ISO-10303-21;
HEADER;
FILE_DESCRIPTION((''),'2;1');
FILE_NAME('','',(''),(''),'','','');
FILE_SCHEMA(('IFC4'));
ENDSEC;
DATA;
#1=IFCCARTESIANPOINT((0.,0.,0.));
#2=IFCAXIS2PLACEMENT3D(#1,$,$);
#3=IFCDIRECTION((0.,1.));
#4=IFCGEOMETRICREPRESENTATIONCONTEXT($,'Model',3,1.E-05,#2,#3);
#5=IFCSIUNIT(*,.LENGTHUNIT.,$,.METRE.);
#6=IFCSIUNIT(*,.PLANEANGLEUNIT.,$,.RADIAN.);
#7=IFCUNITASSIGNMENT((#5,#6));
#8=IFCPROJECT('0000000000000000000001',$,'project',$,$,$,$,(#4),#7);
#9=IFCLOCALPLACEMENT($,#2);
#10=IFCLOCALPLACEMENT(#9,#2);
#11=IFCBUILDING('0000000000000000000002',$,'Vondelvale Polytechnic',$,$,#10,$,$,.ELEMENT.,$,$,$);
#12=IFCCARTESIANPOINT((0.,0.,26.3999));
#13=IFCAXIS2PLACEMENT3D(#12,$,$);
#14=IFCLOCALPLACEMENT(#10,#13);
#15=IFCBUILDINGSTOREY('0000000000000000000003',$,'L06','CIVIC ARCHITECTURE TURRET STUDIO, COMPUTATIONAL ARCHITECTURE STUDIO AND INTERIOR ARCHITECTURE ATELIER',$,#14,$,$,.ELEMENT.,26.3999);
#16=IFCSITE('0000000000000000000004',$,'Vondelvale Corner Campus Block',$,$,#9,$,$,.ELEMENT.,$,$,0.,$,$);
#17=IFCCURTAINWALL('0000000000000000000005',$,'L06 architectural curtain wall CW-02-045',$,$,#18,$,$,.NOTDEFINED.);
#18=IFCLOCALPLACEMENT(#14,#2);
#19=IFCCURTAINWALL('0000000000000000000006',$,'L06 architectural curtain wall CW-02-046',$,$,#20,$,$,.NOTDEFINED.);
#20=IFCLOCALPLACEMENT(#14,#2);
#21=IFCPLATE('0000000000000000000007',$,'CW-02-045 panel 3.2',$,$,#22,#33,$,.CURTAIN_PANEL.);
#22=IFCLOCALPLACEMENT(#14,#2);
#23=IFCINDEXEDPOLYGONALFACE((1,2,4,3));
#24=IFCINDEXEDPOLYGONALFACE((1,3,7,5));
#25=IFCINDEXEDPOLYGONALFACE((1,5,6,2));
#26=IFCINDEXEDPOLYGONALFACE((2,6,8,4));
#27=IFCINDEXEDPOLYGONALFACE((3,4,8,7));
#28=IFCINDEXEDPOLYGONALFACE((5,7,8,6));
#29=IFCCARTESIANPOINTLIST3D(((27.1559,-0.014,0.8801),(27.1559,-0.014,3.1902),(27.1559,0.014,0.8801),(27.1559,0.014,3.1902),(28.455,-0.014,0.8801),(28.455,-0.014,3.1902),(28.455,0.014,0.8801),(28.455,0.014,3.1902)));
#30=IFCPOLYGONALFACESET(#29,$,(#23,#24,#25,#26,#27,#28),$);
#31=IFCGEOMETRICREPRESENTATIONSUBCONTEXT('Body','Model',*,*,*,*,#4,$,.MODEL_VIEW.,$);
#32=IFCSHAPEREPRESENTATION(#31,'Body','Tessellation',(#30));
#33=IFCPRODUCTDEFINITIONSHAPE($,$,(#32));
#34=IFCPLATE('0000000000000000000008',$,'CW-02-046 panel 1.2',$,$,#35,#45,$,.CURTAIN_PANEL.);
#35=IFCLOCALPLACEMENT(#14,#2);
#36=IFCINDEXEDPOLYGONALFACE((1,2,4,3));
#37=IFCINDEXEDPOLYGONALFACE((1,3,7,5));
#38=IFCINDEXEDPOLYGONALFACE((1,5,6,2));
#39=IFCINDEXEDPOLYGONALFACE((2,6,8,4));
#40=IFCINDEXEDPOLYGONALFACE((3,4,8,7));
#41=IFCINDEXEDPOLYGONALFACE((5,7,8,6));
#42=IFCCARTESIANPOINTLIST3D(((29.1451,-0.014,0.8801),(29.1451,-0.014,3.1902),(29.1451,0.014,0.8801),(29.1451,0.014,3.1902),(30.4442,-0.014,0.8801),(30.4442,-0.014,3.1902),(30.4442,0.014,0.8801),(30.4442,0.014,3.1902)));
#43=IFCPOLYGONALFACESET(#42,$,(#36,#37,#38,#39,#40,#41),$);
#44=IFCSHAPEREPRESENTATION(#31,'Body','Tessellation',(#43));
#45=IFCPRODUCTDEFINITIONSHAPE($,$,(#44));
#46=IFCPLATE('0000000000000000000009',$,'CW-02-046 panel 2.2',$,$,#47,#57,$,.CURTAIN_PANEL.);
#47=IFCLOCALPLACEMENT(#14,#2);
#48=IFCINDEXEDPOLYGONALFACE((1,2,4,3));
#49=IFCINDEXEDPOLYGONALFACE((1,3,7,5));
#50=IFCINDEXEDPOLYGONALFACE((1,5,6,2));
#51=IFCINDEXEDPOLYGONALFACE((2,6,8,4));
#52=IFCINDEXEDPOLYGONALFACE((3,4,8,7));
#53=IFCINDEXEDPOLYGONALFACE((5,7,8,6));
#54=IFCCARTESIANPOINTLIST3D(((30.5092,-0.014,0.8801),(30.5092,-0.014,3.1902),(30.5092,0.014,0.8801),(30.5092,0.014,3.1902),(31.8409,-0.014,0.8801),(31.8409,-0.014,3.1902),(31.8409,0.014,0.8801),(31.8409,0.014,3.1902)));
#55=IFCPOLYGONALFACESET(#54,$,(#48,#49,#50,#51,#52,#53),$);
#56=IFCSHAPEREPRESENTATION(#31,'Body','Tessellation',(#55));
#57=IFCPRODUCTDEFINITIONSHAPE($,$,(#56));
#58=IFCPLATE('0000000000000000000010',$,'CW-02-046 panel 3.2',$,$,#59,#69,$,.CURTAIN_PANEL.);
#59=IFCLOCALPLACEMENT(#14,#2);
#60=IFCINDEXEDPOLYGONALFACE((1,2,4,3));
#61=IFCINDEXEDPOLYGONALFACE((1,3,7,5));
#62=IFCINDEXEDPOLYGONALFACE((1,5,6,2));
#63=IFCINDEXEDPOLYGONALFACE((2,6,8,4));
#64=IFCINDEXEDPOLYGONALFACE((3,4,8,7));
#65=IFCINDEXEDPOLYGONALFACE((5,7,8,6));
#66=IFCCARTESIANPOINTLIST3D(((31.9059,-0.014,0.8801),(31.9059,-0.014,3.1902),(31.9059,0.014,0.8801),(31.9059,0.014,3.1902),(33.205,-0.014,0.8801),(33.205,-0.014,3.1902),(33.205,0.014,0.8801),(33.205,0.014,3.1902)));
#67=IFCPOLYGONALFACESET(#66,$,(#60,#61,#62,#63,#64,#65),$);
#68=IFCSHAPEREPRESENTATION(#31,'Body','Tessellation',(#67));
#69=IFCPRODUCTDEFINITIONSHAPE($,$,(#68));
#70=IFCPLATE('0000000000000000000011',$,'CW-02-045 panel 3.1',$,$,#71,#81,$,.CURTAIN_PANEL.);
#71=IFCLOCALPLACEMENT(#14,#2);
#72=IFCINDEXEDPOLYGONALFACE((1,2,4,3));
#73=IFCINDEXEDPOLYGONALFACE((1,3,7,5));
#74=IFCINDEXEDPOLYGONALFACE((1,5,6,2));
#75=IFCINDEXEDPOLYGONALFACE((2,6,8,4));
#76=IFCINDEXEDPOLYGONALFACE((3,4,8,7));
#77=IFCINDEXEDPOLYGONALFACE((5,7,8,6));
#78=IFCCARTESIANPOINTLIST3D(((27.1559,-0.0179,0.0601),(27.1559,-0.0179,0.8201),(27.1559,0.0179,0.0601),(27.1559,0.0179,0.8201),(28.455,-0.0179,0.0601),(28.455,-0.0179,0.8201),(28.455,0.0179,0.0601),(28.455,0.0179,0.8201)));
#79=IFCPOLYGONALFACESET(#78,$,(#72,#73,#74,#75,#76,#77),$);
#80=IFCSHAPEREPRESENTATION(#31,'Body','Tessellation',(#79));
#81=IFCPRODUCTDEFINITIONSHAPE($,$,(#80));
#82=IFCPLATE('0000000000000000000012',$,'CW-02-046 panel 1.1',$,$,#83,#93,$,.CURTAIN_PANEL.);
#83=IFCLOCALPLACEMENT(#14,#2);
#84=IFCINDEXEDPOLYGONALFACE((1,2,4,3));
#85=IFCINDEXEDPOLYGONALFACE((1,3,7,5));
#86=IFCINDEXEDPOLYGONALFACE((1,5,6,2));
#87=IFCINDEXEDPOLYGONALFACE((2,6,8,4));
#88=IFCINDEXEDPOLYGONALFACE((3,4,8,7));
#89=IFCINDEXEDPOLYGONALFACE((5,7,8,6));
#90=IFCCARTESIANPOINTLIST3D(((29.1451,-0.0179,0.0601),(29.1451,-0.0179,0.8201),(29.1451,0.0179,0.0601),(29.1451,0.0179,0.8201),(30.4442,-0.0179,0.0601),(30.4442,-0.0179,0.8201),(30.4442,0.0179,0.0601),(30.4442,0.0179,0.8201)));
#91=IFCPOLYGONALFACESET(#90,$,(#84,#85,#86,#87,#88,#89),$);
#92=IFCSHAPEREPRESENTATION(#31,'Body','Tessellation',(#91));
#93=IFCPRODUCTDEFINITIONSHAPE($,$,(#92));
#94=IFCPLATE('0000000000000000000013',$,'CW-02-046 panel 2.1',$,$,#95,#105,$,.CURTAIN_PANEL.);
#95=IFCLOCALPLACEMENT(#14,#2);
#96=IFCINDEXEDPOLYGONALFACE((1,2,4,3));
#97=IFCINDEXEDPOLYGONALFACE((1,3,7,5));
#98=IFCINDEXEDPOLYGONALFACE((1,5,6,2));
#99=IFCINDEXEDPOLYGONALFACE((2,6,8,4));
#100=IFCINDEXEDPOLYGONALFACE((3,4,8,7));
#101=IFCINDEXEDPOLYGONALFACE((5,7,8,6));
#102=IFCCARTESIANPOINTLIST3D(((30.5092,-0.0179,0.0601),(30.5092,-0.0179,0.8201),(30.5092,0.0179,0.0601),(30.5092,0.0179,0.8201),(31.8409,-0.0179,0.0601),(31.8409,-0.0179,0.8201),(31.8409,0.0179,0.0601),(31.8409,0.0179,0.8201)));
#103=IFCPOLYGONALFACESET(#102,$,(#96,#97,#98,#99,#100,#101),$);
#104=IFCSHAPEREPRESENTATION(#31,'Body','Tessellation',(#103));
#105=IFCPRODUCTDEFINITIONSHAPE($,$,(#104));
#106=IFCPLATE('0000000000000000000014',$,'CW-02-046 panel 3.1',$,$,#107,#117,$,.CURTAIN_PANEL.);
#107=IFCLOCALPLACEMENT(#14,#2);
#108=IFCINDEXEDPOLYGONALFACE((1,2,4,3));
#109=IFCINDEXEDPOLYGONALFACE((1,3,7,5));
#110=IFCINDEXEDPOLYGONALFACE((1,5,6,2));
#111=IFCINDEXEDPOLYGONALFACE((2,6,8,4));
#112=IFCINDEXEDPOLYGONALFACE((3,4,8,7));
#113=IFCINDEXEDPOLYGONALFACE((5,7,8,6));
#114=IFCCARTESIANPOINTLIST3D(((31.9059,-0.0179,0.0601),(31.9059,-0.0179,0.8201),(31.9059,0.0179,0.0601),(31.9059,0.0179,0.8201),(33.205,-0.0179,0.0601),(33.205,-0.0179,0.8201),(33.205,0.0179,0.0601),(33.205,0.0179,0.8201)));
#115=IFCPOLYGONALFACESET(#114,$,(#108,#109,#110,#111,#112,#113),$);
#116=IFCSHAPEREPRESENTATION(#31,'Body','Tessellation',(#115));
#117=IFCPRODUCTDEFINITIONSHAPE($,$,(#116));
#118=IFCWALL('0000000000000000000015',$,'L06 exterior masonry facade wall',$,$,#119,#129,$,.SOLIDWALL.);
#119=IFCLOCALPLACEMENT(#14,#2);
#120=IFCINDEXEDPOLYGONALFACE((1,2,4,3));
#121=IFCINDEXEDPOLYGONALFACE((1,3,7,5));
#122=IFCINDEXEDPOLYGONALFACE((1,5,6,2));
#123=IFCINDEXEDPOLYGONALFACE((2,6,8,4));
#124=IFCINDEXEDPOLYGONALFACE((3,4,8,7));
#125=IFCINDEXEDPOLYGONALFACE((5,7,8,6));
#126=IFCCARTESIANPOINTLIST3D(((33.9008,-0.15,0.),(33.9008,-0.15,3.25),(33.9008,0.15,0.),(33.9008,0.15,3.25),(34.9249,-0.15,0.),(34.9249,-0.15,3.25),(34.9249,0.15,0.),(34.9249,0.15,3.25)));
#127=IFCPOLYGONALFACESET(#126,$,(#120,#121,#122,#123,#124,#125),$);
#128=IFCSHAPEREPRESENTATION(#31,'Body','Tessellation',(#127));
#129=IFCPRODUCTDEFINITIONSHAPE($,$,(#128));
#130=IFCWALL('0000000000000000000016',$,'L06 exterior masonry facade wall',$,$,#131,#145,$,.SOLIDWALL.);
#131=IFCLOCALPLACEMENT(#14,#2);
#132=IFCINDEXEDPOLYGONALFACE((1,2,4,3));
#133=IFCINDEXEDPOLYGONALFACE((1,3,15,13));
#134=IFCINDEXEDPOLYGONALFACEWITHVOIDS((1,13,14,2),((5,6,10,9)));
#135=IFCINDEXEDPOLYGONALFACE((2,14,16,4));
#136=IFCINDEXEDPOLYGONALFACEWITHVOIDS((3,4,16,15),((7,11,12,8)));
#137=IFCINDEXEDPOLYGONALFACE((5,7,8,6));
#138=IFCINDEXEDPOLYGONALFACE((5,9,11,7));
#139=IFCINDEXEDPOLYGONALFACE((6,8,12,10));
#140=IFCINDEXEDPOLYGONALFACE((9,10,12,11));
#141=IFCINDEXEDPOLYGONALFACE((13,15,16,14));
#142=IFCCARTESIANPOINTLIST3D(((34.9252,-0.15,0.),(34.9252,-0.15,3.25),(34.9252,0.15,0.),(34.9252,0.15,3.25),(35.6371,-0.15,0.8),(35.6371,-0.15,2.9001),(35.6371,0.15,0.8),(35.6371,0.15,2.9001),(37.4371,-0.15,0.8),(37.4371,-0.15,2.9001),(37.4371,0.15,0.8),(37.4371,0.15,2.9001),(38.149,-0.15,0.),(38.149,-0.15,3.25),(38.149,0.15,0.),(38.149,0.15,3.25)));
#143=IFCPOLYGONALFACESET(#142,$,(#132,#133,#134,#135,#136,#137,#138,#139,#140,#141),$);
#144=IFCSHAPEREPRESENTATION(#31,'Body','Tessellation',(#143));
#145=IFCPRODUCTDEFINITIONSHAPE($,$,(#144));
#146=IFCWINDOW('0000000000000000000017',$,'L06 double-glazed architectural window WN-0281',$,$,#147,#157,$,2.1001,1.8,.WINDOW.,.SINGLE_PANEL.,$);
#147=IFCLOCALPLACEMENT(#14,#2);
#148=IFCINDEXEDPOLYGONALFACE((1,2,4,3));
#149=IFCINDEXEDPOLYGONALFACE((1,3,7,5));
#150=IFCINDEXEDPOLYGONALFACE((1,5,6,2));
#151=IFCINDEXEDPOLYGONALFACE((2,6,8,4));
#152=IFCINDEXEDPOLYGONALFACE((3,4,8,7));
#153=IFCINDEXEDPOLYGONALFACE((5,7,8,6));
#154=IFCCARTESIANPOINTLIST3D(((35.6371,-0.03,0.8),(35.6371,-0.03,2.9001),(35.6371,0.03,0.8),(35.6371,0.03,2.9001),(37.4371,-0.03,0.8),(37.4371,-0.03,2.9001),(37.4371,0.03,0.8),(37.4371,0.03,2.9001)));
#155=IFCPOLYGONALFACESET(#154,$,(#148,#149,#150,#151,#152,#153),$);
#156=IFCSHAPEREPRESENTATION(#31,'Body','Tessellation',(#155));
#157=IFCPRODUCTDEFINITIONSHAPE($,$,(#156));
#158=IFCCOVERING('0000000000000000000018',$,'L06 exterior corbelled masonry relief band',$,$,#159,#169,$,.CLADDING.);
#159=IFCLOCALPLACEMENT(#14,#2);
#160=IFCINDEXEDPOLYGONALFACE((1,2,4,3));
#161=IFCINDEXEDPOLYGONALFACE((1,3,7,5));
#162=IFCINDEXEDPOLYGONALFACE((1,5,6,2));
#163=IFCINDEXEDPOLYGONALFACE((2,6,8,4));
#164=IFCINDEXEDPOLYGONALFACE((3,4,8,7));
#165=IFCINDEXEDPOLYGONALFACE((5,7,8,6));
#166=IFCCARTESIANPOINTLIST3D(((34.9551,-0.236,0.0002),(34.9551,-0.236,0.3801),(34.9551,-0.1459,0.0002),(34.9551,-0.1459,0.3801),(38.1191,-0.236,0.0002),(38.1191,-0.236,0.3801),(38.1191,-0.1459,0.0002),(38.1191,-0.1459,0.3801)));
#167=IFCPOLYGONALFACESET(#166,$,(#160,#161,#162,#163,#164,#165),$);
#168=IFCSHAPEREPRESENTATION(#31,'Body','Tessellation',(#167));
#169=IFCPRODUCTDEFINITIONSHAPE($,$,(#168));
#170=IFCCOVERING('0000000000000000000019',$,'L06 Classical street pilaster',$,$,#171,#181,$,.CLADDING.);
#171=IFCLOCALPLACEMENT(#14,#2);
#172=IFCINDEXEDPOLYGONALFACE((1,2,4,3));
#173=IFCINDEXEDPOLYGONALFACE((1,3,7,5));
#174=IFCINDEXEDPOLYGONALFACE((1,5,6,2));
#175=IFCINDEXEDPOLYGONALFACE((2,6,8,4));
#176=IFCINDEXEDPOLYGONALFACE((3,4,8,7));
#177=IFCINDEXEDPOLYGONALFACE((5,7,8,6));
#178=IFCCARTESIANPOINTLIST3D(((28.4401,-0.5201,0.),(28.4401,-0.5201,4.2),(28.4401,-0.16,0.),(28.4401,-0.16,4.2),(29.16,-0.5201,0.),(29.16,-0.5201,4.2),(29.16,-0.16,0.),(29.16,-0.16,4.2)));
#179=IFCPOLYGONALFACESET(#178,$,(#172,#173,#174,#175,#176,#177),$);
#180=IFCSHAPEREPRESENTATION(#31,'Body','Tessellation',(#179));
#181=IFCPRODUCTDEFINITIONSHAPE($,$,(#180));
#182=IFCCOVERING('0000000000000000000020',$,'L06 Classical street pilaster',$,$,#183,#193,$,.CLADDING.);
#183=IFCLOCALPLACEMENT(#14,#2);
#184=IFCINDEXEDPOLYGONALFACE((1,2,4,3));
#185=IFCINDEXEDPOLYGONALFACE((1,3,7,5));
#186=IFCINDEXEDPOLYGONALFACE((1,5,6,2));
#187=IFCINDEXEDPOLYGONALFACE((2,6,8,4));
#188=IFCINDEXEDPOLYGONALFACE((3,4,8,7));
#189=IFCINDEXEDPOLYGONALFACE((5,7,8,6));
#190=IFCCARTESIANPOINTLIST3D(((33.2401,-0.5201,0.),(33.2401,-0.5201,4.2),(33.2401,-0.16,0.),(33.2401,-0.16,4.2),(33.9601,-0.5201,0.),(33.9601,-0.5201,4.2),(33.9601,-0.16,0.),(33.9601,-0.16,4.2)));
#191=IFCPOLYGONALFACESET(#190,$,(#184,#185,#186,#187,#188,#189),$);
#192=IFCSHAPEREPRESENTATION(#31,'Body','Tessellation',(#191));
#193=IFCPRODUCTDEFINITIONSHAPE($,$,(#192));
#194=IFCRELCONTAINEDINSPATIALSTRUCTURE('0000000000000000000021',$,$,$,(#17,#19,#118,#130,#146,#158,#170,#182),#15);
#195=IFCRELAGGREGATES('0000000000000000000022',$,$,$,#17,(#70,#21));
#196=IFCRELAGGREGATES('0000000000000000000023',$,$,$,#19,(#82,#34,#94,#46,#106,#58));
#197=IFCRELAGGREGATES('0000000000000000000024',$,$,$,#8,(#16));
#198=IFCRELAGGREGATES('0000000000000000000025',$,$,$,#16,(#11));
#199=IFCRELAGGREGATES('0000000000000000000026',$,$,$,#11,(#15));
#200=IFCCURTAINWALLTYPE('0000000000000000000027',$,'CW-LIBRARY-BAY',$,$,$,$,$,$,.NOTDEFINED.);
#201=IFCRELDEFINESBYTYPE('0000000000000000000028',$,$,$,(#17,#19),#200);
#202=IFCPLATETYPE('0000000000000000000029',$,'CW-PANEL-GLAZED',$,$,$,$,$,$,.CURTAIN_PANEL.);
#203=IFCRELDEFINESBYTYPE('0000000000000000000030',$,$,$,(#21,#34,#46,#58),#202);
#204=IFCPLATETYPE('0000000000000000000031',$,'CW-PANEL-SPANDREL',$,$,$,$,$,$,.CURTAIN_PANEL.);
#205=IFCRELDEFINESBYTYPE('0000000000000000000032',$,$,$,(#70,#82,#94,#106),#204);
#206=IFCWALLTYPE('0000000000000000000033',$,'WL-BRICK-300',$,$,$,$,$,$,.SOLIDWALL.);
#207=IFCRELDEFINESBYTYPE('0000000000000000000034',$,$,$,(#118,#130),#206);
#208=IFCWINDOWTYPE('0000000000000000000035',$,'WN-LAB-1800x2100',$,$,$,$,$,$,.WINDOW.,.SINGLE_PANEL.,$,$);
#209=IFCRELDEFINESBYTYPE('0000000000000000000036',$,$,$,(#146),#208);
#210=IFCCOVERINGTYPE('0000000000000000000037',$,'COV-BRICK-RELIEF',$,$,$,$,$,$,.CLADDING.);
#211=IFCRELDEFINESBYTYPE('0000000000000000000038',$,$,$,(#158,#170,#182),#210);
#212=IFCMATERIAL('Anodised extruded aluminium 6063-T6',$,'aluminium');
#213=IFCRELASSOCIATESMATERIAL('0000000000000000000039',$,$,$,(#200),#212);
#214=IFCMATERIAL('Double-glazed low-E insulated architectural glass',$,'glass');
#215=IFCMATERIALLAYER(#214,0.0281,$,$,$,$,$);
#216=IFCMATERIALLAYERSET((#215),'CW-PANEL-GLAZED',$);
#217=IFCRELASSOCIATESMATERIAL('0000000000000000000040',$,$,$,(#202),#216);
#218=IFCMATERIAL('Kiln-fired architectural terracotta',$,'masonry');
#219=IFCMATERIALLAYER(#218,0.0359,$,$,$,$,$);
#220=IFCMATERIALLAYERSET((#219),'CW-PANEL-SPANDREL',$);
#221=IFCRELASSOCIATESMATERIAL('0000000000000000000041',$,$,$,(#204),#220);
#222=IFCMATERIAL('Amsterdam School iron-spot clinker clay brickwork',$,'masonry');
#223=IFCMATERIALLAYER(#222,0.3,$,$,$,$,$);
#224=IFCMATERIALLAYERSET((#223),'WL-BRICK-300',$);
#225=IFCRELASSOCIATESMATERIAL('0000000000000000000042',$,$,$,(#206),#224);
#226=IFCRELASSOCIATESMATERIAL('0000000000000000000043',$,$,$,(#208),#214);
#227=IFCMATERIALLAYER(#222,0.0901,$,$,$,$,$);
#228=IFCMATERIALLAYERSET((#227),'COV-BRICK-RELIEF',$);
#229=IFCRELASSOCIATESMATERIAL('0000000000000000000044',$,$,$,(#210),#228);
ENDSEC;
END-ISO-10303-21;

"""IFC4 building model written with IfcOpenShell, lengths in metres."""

from ifc_helpers import new_model, si_unit, direction, frame, frame_2d, origin, origin_2d, place, context, subcontext, project, spatial, rectangle, extrude, material, layer, layer_set, type_object, element, fill, aggregate, save


model = new_model("IFC4")

# Units and contexts
model_context = context("Model", 3, precision=1e-05, world=origin(), true_north=direction((0.0, 1.0)))
body_context = subcontext(model_context, "Body", "Model", "MODEL_VIEW")
ifc_project = project(units=[si_unit("LENGTHUNIT", "METRE"), si_unit("PLANEANGLEUNIT", "RADIAN")], contexts=[model_context])

# Site, building, storey
site_placement = place(None, origin())
site = spatial("IfcSite", under=ifc_project, at=site_placement, Name="Vondelvale Corner Campus Block", CompositionType="ELEMENT", RefElevation=0.0)
building_placement = place(site_placement, origin())
building = spatial("IfcBuilding", under=site, at=building_placement, Name="Vondelvale Polytechnic", CompositionType="ELEMENT")
storey_placement = place(building_placement, frame((0.0, 0.0, 26.3999)))
storey = spatial("IfcBuildingStorey", under=building, at=storey_placement, Name="L06", Description="CIVIC ARCHITECTURE TURRET STUDIO, COMPUTATIONAL ARCHITECTURE STUDIO AND INTERIOR ARCHITECTURE ATELIER", CompositionType="ELEMENT", Elevation=26.3999)

# Curtain walls
ifc_material_1 = material(Name="Anodised extruded aluminium 6063-T6", Category="aluminium")
curtain_wall_type = type_object("IfcCurtainWallType", Name="CW-LIBRARY-BAY", PredefinedType="NOTDEFINED", material=ifc_material_1)
curtain_wall_1_placement = place(storey_placement, origin())
curtain_wall_1 = element("IfcCurtainWall", 1, at=curtain_wall_1_placement, inside=storey, type_object=curtain_wall_type, Name="L06 architectural curtain wall CW-02-045", PredefinedType="NOTDEFINED")
curtain_wall_2_placement = place(storey_placement, origin())
curtain_wall_2 = element("IfcCurtainWall", 2, at=curtain_wall_2_placement, inside=storey, type_object=curtain_wall_type, Name="L06 architectural curtain wall CW-02-046", PredefinedType="NOTDEFINED")

# Plates
ifc_material_2 = material(Name="Double-glazed low-E insulated architectural glass", Category="glass")
ifc_layer_1 = layer(ifc_material_2, 0.0281)
ifc_layer_set_1 = layer_set([ifc_layer_1], Name="CW-PANEL-GLAZED")
plate_type_1 = type_object("IfcPlateType", Name="CW-PANEL-GLAZED", PredefinedType="CURTAIN_PANEL", material=ifc_layer_set_1)
plate_1_placement = place(storey_placement, frame((27.8054, 0.0, 0.8801), z_axis=(0.0, 0.0, 1.0), x_axis=(1.0, 0.0, 0.0)))
plate_1 = element("IfcPlate", 3, at=plate_1_placement, type_object=plate_type_1, Name="CW-02-045 panel 3.2", PredefinedType="CURTAIN_PANEL", context=body_context, shape_type="SweptSolid", body=[
    extrude(rectangle(XDim=1.2991, YDim=0.0281, at=origin_2d()), origin(), (0.0, 0.0, 1.0), 2.3101),
])
plate_2_placement = place(storey_placement, frame((29.7947, 0.0, 0.8801), z_axis=(0.0, 0.0, 1.0), x_axis=(1.0, 0.0, 0.0)))
plate_2 = element("IfcPlate", 4, at=plate_2_placement, type_object=plate_type_1, Name="CW-02-046 panel 1.2", PredefinedType="CURTAIN_PANEL", context=body_context, shape_type="SweptSolid", body=[
    extrude(rectangle(XDim=1.2991, YDim=0.0281, at=origin_2d()), origin(), (0.0, 0.0, 1.0), 2.3101),
])
plate_3_placement = place(storey_placement, frame((31.175, 0.0, 0.8801), z_axis=(0.0, 0.0, 1.0), x_axis=(1.0, 0.0, 0.0)))
plate_3 = element("IfcPlate", 5, at=plate_3_placement, type_object=plate_type_1, Name="CW-02-046 panel 2.2", PredefinedType="CURTAIN_PANEL", context=body_context, shape_type="SweptSolid", body=[
    extrude(rectangle(XDim=1.3318, YDim=0.0281, at=origin_2d()), origin(), (0.0, 0.0, 1.0), 2.3101),
])
plate_4_placement = place(storey_placement, frame((32.5554, 0.0, 0.8801), z_axis=(0.0, 0.0, 1.0), x_axis=(1.0, 0.0, 0.0)))
plate_4 = element("IfcPlate", 6, at=plate_4_placement, type_object=plate_type_1, Name="CW-02-046 panel 3.2", PredefinedType="CURTAIN_PANEL", context=body_context, shape_type="SweptSolid", body=[
    extrude(rectangle(XDim=1.2991, YDim=0.0281, at=origin_2d()), origin(), (0.0, 0.0, 1.0), 2.3101),
])
ifc_material_3 = material(Name="Kiln-fired architectural terracotta", Category="masonry")
ifc_layer_2 = layer(ifc_material_3, 0.0359)
ifc_layer_set_2 = layer_set([ifc_layer_2], Name="CW-PANEL-SPANDREL")
plate_type_2 = type_object("IfcPlateType", Name="CW-PANEL-SPANDREL", PredefinedType="CURTAIN_PANEL", material=ifc_layer_set_2)
plate_5_placement = place(storey_placement, frame((27.8054, 0.0, 0.0601), z_axis=(0.0, 0.0, 1.0), x_axis=(1.0, 0.0, 0.0)))
plate_5 = element("IfcPlate", 7, at=plate_5_placement, type_object=plate_type_2, Name="CW-02-045 panel 3.1", PredefinedType="CURTAIN_PANEL", context=body_context, shape_type="SweptSolid", body=[
    extrude(rectangle(XDim=1.2991, YDim=0.0359, at=origin_2d()), origin(), (0.0, 0.0, 1.0), 0.76),
])
aggregate(curtain_wall_1, [plate_5, plate_1])
plate_6_placement = place(storey_placement, frame((29.7947, 0.0, 0.0601), z_axis=(0.0, 0.0, 1.0), x_axis=(1.0, 0.0, 0.0)))
plate_6 = element("IfcPlate", 8, at=plate_6_placement, type_object=plate_type_2, Name="CW-02-046 panel 1.1", PredefinedType="CURTAIN_PANEL", context=body_context, shape_type="SweptSolid", body=[
    extrude(rectangle(XDim=1.2991, YDim=0.0359, at=origin_2d()), origin(), (0.0, 0.0, 1.0), 0.76),
])
plate_7_placement = place(storey_placement, frame((31.175, 0.0, 0.0601), z_axis=(0.0, 0.0, 1.0), x_axis=(1.0, 0.0, 0.0)))
plate_7 = element("IfcPlate", 9, at=plate_7_placement, type_object=plate_type_2, Name="CW-02-046 panel 2.1", PredefinedType="CURTAIN_PANEL", context=body_context, shape_type="SweptSolid", body=[
    extrude(rectangle(XDim=1.3318, YDim=0.0359, at=origin_2d()), origin(), (0.0, 0.0, 1.0), 0.76),
])
plate_8_placement = place(storey_placement, frame((32.5554, 0.0, 0.0601), z_axis=(0.0, 0.0, 1.0), x_axis=(1.0, 0.0, 0.0)))
plate_8 = element("IfcPlate", 10, at=plate_8_placement, type_object=plate_type_2, Name="CW-02-046 panel 3.1", PredefinedType="CURTAIN_PANEL", context=body_context, shape_type="SweptSolid", body=[
    extrude(rectangle(XDim=1.2991, YDim=0.0359, at=origin_2d()), origin(), (0.0, 0.0, 1.0), 0.76),
])
aggregate(curtain_wall_2, [plate_6, plate_2, plate_7, plate_3, plate_8, plate_4])

# Wall
ifc_material_4 = material(Name="Amsterdam School iron-spot clinker clay brickwork", Category="masonry")
ifc_layer_3 = layer(ifc_material_4, 0.3)
ifc_layer_set_3 = layer_set([ifc_layer_3], Name="WL-BRICK-300")
wall_type = type_object("IfcWallType", Name="WL-BRICK-300", PredefinedType="SOLIDWALL", material=ifc_layer_set_3)
wall_1_placement = place(storey_placement, frame((34.925, 0.0, 0.0), z_axis=(0.0, 0.0, 1.0), x_axis=(-1.0, 0.0, 0.0)))
element("IfcWall", 11, at=wall_1_placement, inside=storey, type_object=wall_type, Name="L06 exterior masonry facade wall", PredefinedType="SOLIDWALL", context=body_context, shape_type="SweptSolid", body=[
    extrude(rectangle(XDim=1.0242, YDim=0.3, at=frame_2d((0.5122, 0.0))), origin(), (0.0, 0.0, 1.0), 3.25),
])

# Wall, opening, window
wall_2_placement = place(storey_placement, frame((38.1489, 0.0, 0.0), z_axis=(0.0, 0.0, 1.0), x_axis=(-1.0, 0.0, 0.0)))
wall_2 = element("IfcWall", 12, at=wall_2_placement, inside=storey, type_object=wall_type, Name="L06 exterior masonry facade wall", PredefinedType="SOLIDWALL", context=body_context, shape_type="SweptSolid", body=[
    extrude(rectangle(XDim=3.2239, YDim=0.3, at=frame_2d((1.6118, 0.0))), origin(), (0.0, 0.0, 1.0), 3.25),
])
opening_placement = place(wall_2_placement, frame((0.7119, 0.0, 0.8)))
opening = element("IfcOpeningElement", 13, at=opening_placement, cuts=wall_2, PredefinedType="OPENING", context=body_context, shape_type="SweptSolid", body=[
    extrude(rectangle(XDim=1.8, YDim=2.1001, at=frame_2d((0.8999, 1.05))), frame((0.0, 0.1599, 0.0), z_axis=(0.0, -1.0, 0.0), x_axis=(1.0, 0.0, 0.0)), (0.0, 0.0, 1.0), 0.3201),
])
window_type = type_object("IfcWindowType", Name="WN-LAB-1800x2100", PartitioningType="SINGLE_PANEL", PredefinedType="WINDOW", material=ifc_material_2)
window_placement = place(opening_placement, origin())
window = element("IfcWindow", 14, at=window_placement, inside=storey, type_object=window_type, Name="L06 double-glazed architectural window WN-0281", OverallHeight=2.1001, OverallWidth=1.8, PartitioningType="SINGLE_PANEL", PredefinedType="WINDOW", context=body_context, shape_type="SweptSolid", body=[
    extrude(rectangle(XDim=1.8, YDim=2.1001, at=frame_2d((0.8999, 1.05))), frame((0.0, 0.03, 0.0), z_axis=(0.0, -1.0, 0.0), x_axis=(1.0, 0.0, 0.0)), (0.0, 0.0, 1.0), 0.0601),
])
fill(opening, window)

# Coverings
ifc_layer_4 = layer(ifc_material_4, 0.0901)
ifc_layer_set_4 = layer_set([ifc_layer_4], Name="COV-BRICK-RELIEF")
covering_type = type_object("IfcCoveringType", Name="COV-BRICK-RELIEF", PredefinedType="CLADDING", material=ifc_layer_set_4)
covering_placement = place(storey_placement, frame((36.5371, -0.1909, 0.0002), z_axis=(0.0, 0.0, 1.0), x_axis=(-1.0, 0.0, 0.0)))
element("IfcCovering", 15, at=covering_placement, inside=storey, type_object=covering_type, Name="L06 exterior corbelled masonry relief band", PredefinedType="CLADDING", context=body_context, shape_type="SweptSolid", body=[
    extrude(rectangle(XDim=3.1641, YDim=0.0901, at=origin_2d()), origin(), (0.0, 0.0, 1.0), 0.3799),
])
for number, where, z_axis, x_axis, name in (
    (16, (28.8, -0.3401, 0.0), (0.0, 0.0, 1.0), (1.0, 0.0, 0.0), "L06 Classical street pilaster"),
    (17, (33.6001, -0.3401, 0.0), (0.0, 0.0, 1.0), (1.0, 0.0, 0.0), "L06 Classical street pilaster"),
):
    element("IfcCovering", number, at=place(storey_placement, frame(where, z_axis=z_axis, x_axis=x_axis)), inside=storey, type_object=covering_type, Name=name, PredefinedType="CLADDING", context=body_context, shape_type="SweptSolid", body=[
        extrude(rectangle(XDim=0.72, YDim=0.3601, at=origin_2d()), origin(), (0.0, 0.0, 1.0), 4.2),
    ])

save(model, "model.ifc")
